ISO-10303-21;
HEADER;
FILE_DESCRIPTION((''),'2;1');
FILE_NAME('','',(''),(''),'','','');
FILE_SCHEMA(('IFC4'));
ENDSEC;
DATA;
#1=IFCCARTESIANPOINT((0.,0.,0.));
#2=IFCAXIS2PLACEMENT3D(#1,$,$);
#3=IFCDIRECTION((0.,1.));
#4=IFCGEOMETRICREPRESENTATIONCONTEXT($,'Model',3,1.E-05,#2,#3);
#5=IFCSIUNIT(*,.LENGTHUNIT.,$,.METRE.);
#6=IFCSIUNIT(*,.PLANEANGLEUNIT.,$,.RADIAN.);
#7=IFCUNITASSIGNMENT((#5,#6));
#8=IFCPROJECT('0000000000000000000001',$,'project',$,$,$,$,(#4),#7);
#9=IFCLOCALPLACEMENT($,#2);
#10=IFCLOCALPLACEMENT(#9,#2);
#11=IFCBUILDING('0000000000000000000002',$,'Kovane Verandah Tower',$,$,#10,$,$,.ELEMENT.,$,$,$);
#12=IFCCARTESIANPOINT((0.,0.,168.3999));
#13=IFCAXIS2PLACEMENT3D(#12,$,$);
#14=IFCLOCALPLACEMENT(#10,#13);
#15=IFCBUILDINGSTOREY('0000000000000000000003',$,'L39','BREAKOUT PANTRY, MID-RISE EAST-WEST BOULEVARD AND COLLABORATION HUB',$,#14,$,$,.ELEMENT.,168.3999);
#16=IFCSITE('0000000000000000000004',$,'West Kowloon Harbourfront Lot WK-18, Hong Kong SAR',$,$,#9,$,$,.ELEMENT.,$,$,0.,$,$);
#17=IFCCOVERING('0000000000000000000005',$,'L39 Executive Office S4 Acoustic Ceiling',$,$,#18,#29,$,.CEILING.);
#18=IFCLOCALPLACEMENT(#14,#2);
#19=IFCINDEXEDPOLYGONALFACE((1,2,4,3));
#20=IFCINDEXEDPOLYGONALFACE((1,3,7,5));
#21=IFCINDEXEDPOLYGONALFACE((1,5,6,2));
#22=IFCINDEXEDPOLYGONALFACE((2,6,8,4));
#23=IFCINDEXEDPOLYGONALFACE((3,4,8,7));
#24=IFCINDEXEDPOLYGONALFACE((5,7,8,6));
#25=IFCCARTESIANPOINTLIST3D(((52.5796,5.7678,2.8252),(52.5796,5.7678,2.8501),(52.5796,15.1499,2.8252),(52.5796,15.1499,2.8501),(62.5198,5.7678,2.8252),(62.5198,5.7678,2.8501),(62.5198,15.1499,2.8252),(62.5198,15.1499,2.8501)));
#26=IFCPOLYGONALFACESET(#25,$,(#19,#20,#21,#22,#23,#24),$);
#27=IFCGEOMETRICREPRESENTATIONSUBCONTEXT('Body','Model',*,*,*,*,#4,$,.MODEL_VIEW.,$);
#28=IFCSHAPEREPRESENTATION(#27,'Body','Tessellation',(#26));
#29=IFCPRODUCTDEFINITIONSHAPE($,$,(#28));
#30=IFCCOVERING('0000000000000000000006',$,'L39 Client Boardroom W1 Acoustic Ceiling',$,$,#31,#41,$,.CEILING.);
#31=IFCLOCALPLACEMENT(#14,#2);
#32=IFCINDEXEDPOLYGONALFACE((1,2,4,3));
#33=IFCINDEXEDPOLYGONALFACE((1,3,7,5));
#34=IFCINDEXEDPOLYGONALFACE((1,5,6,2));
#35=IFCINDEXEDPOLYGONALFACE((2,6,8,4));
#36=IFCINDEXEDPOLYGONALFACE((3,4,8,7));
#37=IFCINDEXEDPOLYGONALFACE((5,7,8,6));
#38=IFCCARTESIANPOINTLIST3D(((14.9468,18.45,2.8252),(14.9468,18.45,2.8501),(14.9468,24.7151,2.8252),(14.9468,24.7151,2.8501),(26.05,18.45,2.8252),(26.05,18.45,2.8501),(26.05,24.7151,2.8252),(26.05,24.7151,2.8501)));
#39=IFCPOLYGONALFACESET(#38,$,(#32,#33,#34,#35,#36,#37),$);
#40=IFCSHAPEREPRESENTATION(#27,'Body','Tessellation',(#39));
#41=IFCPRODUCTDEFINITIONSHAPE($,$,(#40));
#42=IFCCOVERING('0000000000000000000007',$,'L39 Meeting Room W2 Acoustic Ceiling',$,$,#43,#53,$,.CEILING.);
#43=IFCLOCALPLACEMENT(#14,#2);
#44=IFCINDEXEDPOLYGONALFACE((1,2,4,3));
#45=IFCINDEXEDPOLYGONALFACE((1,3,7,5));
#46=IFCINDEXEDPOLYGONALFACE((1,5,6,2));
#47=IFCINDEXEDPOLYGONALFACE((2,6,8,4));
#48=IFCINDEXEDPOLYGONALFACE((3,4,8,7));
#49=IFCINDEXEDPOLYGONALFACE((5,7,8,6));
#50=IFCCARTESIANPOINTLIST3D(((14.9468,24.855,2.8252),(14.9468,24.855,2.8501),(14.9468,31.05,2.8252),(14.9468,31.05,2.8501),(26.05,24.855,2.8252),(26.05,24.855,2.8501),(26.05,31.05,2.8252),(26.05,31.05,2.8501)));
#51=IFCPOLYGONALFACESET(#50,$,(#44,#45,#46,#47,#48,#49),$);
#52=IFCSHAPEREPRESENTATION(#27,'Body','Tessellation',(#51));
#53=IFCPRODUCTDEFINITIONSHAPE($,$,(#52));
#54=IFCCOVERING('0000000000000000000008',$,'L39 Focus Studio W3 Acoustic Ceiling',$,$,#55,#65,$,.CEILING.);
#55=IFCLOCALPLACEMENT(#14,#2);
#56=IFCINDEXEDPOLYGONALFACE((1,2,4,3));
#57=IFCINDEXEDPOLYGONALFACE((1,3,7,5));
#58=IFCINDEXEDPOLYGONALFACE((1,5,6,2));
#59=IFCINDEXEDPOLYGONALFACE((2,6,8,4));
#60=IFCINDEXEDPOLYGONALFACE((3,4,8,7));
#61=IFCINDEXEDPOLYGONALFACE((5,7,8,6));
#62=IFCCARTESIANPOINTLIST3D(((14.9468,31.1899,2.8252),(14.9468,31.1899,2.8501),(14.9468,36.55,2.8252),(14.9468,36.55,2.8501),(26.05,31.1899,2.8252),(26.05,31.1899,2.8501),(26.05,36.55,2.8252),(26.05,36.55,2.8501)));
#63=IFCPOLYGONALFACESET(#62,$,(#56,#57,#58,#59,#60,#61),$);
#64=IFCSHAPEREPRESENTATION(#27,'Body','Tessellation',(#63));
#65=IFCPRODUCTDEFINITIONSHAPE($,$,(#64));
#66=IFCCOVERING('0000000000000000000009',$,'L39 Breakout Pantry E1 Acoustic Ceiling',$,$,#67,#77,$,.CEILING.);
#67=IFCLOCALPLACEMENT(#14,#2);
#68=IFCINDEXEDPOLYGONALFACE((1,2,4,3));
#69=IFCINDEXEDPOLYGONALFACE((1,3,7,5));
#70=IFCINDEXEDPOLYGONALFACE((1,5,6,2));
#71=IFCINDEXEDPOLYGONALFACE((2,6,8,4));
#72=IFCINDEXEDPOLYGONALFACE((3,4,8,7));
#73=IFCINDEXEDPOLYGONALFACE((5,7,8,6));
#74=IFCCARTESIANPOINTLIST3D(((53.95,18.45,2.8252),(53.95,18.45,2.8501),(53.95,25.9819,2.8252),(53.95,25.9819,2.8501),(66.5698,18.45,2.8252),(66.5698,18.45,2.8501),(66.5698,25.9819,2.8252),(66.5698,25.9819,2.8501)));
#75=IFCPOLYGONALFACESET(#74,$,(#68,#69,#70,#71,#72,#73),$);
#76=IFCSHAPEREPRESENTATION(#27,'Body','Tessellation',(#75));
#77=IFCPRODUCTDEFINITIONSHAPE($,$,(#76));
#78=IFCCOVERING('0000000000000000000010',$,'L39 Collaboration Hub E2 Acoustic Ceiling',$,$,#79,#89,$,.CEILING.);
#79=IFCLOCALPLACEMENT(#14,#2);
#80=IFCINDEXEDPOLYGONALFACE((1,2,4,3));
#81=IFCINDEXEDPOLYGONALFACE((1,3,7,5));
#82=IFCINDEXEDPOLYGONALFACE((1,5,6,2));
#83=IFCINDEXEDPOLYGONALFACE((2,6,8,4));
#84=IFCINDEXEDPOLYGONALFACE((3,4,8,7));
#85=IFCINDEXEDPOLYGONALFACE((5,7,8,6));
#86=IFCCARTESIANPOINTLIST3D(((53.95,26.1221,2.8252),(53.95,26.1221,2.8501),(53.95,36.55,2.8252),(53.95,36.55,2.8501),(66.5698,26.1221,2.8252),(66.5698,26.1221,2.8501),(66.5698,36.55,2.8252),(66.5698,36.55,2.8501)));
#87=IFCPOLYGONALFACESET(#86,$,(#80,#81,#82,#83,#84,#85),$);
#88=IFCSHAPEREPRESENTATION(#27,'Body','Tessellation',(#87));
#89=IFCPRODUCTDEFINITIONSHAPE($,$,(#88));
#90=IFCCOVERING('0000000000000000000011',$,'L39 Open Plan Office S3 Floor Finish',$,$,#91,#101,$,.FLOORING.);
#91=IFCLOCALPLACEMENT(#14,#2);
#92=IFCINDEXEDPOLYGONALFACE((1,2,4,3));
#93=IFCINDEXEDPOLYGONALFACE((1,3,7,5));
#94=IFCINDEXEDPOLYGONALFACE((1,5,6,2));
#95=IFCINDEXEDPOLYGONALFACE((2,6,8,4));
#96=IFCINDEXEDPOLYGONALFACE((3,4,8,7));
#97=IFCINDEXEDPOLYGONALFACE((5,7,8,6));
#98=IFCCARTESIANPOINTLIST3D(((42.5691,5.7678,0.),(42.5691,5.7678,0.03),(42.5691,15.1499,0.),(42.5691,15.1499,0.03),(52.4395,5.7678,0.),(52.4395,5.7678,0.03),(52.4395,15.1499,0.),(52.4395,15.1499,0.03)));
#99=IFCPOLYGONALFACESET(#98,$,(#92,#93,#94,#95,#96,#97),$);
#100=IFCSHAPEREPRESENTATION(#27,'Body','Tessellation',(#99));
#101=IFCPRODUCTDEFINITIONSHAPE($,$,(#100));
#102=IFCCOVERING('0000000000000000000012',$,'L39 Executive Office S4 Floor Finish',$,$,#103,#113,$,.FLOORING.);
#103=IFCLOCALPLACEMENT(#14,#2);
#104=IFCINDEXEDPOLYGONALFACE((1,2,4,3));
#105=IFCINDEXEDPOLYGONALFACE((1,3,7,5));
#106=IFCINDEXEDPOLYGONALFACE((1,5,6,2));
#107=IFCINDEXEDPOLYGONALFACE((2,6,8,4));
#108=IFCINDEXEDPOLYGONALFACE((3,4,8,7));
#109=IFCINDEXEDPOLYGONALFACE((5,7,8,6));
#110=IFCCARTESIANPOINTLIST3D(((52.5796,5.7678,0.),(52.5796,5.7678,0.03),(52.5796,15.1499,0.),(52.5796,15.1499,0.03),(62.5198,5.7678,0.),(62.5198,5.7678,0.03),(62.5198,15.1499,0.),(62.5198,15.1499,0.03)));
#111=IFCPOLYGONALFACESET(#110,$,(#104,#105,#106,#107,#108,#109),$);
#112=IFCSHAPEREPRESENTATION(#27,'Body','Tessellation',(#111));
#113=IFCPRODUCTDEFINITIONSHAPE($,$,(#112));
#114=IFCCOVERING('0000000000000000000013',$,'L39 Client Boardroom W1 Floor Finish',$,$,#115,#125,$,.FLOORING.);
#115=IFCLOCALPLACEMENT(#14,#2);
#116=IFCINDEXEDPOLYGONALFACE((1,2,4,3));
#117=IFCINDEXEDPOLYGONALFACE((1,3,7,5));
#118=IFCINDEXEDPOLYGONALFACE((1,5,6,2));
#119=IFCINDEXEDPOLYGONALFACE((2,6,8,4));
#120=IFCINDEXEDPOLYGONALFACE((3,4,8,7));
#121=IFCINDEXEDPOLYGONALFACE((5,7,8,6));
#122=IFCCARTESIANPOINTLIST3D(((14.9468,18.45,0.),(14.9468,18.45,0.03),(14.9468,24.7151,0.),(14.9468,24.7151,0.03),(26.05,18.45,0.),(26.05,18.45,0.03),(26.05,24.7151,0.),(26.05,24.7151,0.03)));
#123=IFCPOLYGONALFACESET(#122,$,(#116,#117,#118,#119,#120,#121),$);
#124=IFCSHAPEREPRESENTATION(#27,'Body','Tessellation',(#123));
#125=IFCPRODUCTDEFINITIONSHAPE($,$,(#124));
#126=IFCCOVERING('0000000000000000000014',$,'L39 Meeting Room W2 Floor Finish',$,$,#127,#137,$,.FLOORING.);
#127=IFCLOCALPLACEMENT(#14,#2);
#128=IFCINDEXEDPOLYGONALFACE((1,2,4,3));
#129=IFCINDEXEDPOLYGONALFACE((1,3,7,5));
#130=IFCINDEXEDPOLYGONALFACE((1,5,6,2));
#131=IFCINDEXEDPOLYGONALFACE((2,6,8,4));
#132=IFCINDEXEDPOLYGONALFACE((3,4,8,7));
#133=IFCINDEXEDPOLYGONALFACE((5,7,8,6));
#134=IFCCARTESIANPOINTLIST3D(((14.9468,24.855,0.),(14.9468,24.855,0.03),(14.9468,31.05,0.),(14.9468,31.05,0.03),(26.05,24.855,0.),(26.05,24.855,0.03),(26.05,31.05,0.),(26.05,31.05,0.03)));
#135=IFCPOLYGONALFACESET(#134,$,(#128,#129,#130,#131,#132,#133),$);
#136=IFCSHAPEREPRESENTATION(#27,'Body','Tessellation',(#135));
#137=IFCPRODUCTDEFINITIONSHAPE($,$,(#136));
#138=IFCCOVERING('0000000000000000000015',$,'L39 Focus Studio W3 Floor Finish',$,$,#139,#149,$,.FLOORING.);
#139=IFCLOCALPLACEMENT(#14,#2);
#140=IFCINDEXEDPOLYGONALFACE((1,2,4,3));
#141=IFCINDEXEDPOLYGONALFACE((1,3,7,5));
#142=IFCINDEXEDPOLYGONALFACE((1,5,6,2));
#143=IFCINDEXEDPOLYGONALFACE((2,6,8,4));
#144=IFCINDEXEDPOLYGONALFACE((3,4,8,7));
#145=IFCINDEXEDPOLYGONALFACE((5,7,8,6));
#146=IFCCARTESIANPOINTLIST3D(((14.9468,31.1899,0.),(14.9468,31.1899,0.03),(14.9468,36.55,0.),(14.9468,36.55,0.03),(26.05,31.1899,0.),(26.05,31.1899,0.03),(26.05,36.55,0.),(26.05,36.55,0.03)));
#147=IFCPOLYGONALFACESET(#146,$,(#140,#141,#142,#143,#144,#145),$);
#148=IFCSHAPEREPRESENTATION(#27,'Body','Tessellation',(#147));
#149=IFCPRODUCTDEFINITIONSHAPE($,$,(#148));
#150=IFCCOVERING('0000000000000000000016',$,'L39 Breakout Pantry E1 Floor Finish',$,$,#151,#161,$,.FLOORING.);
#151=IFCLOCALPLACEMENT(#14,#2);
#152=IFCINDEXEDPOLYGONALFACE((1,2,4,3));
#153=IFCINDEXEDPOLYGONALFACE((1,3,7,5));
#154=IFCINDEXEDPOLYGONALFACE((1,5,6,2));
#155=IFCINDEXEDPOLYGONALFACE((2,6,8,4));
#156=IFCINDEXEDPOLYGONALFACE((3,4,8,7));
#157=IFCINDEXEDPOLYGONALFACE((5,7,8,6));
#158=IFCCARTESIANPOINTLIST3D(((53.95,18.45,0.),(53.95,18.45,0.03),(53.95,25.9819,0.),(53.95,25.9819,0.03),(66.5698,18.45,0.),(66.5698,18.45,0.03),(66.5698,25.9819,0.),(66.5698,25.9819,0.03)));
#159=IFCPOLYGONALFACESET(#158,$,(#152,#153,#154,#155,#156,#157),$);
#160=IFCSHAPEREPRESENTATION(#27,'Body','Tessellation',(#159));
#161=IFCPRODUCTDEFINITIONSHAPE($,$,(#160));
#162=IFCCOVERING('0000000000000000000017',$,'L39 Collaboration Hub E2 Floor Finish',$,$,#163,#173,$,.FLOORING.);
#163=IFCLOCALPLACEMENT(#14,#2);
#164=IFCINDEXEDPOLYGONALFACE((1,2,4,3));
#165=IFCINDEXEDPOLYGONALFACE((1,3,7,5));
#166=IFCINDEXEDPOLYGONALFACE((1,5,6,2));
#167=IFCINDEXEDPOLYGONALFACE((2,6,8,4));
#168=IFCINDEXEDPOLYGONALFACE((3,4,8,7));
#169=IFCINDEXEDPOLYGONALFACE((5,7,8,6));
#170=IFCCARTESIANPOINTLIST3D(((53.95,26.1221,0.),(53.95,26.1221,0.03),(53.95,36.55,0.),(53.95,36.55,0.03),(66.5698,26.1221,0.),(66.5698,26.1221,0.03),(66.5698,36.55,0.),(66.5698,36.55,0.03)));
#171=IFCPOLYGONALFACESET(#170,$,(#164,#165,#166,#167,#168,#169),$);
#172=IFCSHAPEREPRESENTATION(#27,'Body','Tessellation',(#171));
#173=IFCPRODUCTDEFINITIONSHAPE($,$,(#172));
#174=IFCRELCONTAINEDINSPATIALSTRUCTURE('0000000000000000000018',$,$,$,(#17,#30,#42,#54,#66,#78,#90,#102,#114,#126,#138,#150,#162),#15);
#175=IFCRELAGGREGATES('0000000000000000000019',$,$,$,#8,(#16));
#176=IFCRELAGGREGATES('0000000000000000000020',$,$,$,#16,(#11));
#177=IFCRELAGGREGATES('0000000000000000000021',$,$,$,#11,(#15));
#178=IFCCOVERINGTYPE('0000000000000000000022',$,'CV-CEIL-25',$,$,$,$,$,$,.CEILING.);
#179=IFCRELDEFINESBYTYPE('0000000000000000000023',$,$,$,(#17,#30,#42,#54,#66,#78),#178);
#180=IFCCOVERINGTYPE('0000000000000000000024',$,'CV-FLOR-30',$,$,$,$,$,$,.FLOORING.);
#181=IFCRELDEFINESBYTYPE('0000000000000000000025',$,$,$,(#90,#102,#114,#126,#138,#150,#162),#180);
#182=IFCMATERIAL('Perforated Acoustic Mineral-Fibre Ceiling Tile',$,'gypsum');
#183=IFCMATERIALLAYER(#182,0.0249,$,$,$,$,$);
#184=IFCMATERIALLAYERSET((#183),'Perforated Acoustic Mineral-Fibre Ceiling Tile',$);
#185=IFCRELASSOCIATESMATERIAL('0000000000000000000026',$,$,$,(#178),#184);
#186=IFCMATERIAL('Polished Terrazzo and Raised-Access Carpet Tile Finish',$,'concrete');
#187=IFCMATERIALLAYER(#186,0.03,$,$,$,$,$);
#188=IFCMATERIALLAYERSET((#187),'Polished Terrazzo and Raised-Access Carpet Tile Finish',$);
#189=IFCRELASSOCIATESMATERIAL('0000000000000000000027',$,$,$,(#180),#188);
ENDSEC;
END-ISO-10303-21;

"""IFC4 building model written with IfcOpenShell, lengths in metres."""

from ifc_helpers import new_model, si_unit, direction, frame, origin, place, context, subcontext, project, spatial, polyline, outline, extrude, material, layer, layer_set, type_object, element, save


model = new_model("IFC4")

# Units and contexts
model_context = context("Model", 3, precision=1e-05, world=origin(), true_north=direction((0.0, 1.0)))
body_context = subcontext(model_context, "Body", "Model", "MODEL_VIEW")
ifc_project = project(units=[si_unit("LENGTHUNIT", "METRE"), si_unit("PLANEANGLEUNIT", "RADIAN")], contexts=[model_context])

# Site, building, storey
site_placement = place(None, origin())
site = spatial("IfcSite", under=ifc_project, at=site_placement, Name="West Kowloon Harbourfront Lot WK-18, Hong Kong SAR", CompositionType="ELEMENT", RefElevation=0.0)
building_placement = place(site_placement, origin())
building = spatial("IfcBuilding", under=site, at=building_placement, Name="Kovane Verandah Tower", CompositionType="ELEMENT")
storey_placement = place(building_placement, frame((0.0, 0.0, 168.3999)))
storey = spatial("IfcBuildingStorey", under=building, at=storey_placement, Name="L39", Description="BREAKOUT PANTRY, MID-RISE EAST-WEST BOULEVARD AND COLLABORATION HUB", CompositionType="ELEMENT", Elevation=168.3999)

# Coverings
ifc_material_1 = material(Name="Perforated Acoustic Mineral-Fibre Ceiling Tile", Category="gypsum")
ifc_layer_1 = layer(ifc_material_1, 0.0249)
ifc_layer_set_1 = layer_set([ifc_layer_1], Name="Perforated Acoustic Mineral-Fibre Ceiling Tile")
covering_type_1 = type_object("IfcCoveringType", Name="CV-CEIL-25", PredefinedType="CEILING", material=ifc_layer_set_1)
covering_1_placement = place(storey_placement, frame((0.0, 0.0, 2.8252)))
element("IfcCovering", 1, at=covering_1_placement, inside=storey, type_object=covering_type_1, Name="L39 Executive Office S4 Acoustic Ceiling", PredefinedType="CEILING", context=body_context, shape_type="SweptSolid", body=[
    extrude(outline(polyline([(52.5796, 5.7678), (62.5198, 5.7678), (62.5198, 15.1499), (52.5796, 15.1499), (52.5796, 5.7678)])), origin(), (0.0, 0.0, 1.0), 0.0249),
])
covering_2_placement = place(storey_placement, frame((0.0, 0.0, 2.8252)))
element("IfcCovering", 2, at=covering_2_placement, inside=storey, type_object=covering_type_1, Name="L39 Client Boardroom W1 Acoustic Ceiling", PredefinedType="CEILING", context=body_context, shape_type="SweptSolid", body=[
    extrude(outline(polyline([(14.9468, 18.45), (26.05, 18.45), (26.05, 24.7151), (14.9468, 24.7151), (14.9468, 18.45)])), origin(), (0.0, 0.0, 1.0), 0.0249),
])
covering_3_placement = place(storey_placement, frame((0.0, 0.0, 2.8252)))
element("IfcCovering", 3, at=covering_3_placement, inside=storey, type_object=covering_type_1, Name="L39 Meeting Room W2 Acoustic Ceiling", PredefinedType="CEILING", context=body_context, shape_type="SweptSolid", body=[
    extrude(outline(polyline([(14.9468, 24.855), (26.05, 24.855), (26.05, 31.05), (14.9468, 31.05), (14.9468, 24.855)])), origin(), (0.0, 0.0, 1.0), 0.0249),
])
covering_4_placement = place(storey_placement, frame((0.0, 0.0, 2.8252)))
element("IfcCovering", 4, at=covering_4_placement, inside=storey, type_object=covering_type_1, Name="L39 Focus Studio W3 Acoustic Ceiling", PredefinedType="CEILING", context=body_context, shape_type="SweptSolid", body=[
    extrude(outline(polyline([(14.9468, 31.1899), (26.05, 31.1899), (26.05, 36.55), (14.9468, 36.55), (14.9468, 31.1899)])), origin(), (0.0, 0.0, 1.0), 0.0249),
])
covering_5_placement = place(storey_placement, frame((0.0, 0.0, 2.8252)))
element("IfcCovering", 5, at=covering_5_placement, inside=storey, type_object=covering_type_1, Name="L39 Breakout Pantry E1 Acoustic Ceiling", PredefinedType="CEILING", context=body_context, shape_type="SweptSolid", body=[
    extrude(outline(polyline([(53.95, 18.45), (66.5698, 18.45), (66.5698, 25.9819), (53.95, 25.9819), (53.95, 18.45)])), origin(), (0.0, 0.0, 1.0), 0.0249),
])
covering_6_placement = place(storey_placement, frame((0.0, 0.0, 2.8252)))
element("IfcCovering", 6, at=covering_6_placement, inside=storey, type_object=covering_type_1, Name="L39 Collaboration Hub E2 Acoustic Ceiling", PredefinedType="CEILING", context=body_context, shape_type="SweptSolid", body=[
    extrude(outline(polyline([(53.95, 26.1221), (66.5698, 26.1221), (66.5698, 36.55), (53.95, 36.55), (53.95, 26.1221)])), origin(), (0.0, 0.0, 1.0), 0.0249),
])
ifc_material_2 = material(Name="Polished Terrazzo and Raised-Access Carpet Tile Finish", Category="concrete")
ifc_layer_2 = layer(ifc_material_2, 0.03)
ifc_layer_set_2 = layer_set([ifc_layer_2], Name="Polished Terrazzo and Raised-Access Carpet Tile Finish")
covering_type_2 = type_object("IfcCoveringType", Name="CV-FLOR-30", PredefinedType="FLOORING", material=ifc_layer_set_2)
covering_7_placement = place(storey_placement, origin())
element("IfcCovering", 7, at=covering_7_placement, inside=storey, type_object=covering_type_2, Name="L39 Open Plan Office S3 Floor Finish", PredefinedType="FLOORING", context=body_context, shape_type="SweptSolid", body=[
    extrude(outline(polyline([(42.5691, 5.7678), (52.4395, 5.7678), (52.4395, 15.1499), (42.5691, 15.1499), (42.5691, 5.7678)])), origin(), (0.0, 0.0, 1.0), 0.03),
])
covering_8_placement = place(storey_placement, origin())
element("IfcCovering", 8, at=covering_8_placement, inside=storey, type_object=covering_type_2, Name="L39 Executive Office S4 Floor Finish", PredefinedType="FLOORING", context=body_context, shape_type="SweptSolid", body=[
    extrude(outline(polyline([(52.5796, 5.7678), (62.5198, 5.7678), (62.5198, 15.1499), (52.5796, 15.1499), (52.5796, 5.7678)])), origin(), (0.0, 0.0, 1.0), 0.03),
])
covering_9_placement = place(storey_placement, origin())
element("IfcCovering", 9, at=covering_9_placement, inside=storey, type_object=covering_type_2, Name="L39 Client Boardroom W1 Floor Finish", PredefinedType="FLOORING", context=body_context, shape_type="SweptSolid", body=[
    extrude(outline(polyline([(14.9468, 18.45), (26.05, 18.45), (26.05, 24.7151), (14.9468, 24.7151), (14.9468, 18.45)])), origin(), (0.0, 0.0, 1.0), 0.03),
])
covering_10_placement = place(storey_placement, origin())
element("IfcCovering", 10, at=covering_10_placement, inside=storey, type_object=covering_type_2, Name="L39 Meeting Room W2 Floor Finish", PredefinedType="FLOORING", context=body_context, shape_type="SweptSolid", body=[
    extrude(outline(polyline([(14.9468, 24.855), (26.05, 24.855), (26.05, 31.05), (14.9468, 31.05), (14.9468, 24.855)])), origin(), (0.0, 0.0, 1.0), 0.03),
])
covering_11_placement = place(storey_placement, origin())
element("IfcCovering", 11, at=covering_11_placement, inside=storey, type_object=covering_type_2, Name="L39 Focus Studio W3 Floor Finish", PredefinedType="FLOORING", context=body_context, shape_type="SweptSolid", body=[
    extrude(outline(polyline([(14.9468, 31.1899), (26.05, 31.1899), (26.05, 36.55), (14.9468, 36.55), (14.9468, 31.1899)])), origin(), (0.0, 0.0, 1.0), 0.03),
])
covering_12_placement = place(storey_placement, origin())
element("IfcCovering", 12, at=covering_12_placement, inside=storey, type_object=covering_type_2, Name="L39 Breakout Pantry E1 Floor Finish", PredefinedType="FLOORING", context=body_context, shape_type="SweptSolid", body=[
    extrude(outline(polyline([(53.95, 18.45), (66.5698, 18.45), (66.5698, 25.9819), (53.95, 25.9819), (53.95, 18.45)])), origin(), (0.0, 0.0, 1.0), 0.03),
])
covering_13_placement = place(storey_placement, origin())
element("IfcCovering", 13, at=covering_13_placement, inside=storey, type_object=covering_type_2, Name="L39 Collaboration Hub E2 Floor Finish", PredefinedType="FLOORING", context=body_context, shape_type="SweptSolid", body=[
    extrude(outline(polyline([(53.95, 26.1221), (66.5698, 26.1221), (66.5698, 36.55), (53.95, 36.55), (53.95, 26.1221)])), origin(), (0.0, 0.0, 1.0), 0.03),
])

save(model, "model.ifc")
